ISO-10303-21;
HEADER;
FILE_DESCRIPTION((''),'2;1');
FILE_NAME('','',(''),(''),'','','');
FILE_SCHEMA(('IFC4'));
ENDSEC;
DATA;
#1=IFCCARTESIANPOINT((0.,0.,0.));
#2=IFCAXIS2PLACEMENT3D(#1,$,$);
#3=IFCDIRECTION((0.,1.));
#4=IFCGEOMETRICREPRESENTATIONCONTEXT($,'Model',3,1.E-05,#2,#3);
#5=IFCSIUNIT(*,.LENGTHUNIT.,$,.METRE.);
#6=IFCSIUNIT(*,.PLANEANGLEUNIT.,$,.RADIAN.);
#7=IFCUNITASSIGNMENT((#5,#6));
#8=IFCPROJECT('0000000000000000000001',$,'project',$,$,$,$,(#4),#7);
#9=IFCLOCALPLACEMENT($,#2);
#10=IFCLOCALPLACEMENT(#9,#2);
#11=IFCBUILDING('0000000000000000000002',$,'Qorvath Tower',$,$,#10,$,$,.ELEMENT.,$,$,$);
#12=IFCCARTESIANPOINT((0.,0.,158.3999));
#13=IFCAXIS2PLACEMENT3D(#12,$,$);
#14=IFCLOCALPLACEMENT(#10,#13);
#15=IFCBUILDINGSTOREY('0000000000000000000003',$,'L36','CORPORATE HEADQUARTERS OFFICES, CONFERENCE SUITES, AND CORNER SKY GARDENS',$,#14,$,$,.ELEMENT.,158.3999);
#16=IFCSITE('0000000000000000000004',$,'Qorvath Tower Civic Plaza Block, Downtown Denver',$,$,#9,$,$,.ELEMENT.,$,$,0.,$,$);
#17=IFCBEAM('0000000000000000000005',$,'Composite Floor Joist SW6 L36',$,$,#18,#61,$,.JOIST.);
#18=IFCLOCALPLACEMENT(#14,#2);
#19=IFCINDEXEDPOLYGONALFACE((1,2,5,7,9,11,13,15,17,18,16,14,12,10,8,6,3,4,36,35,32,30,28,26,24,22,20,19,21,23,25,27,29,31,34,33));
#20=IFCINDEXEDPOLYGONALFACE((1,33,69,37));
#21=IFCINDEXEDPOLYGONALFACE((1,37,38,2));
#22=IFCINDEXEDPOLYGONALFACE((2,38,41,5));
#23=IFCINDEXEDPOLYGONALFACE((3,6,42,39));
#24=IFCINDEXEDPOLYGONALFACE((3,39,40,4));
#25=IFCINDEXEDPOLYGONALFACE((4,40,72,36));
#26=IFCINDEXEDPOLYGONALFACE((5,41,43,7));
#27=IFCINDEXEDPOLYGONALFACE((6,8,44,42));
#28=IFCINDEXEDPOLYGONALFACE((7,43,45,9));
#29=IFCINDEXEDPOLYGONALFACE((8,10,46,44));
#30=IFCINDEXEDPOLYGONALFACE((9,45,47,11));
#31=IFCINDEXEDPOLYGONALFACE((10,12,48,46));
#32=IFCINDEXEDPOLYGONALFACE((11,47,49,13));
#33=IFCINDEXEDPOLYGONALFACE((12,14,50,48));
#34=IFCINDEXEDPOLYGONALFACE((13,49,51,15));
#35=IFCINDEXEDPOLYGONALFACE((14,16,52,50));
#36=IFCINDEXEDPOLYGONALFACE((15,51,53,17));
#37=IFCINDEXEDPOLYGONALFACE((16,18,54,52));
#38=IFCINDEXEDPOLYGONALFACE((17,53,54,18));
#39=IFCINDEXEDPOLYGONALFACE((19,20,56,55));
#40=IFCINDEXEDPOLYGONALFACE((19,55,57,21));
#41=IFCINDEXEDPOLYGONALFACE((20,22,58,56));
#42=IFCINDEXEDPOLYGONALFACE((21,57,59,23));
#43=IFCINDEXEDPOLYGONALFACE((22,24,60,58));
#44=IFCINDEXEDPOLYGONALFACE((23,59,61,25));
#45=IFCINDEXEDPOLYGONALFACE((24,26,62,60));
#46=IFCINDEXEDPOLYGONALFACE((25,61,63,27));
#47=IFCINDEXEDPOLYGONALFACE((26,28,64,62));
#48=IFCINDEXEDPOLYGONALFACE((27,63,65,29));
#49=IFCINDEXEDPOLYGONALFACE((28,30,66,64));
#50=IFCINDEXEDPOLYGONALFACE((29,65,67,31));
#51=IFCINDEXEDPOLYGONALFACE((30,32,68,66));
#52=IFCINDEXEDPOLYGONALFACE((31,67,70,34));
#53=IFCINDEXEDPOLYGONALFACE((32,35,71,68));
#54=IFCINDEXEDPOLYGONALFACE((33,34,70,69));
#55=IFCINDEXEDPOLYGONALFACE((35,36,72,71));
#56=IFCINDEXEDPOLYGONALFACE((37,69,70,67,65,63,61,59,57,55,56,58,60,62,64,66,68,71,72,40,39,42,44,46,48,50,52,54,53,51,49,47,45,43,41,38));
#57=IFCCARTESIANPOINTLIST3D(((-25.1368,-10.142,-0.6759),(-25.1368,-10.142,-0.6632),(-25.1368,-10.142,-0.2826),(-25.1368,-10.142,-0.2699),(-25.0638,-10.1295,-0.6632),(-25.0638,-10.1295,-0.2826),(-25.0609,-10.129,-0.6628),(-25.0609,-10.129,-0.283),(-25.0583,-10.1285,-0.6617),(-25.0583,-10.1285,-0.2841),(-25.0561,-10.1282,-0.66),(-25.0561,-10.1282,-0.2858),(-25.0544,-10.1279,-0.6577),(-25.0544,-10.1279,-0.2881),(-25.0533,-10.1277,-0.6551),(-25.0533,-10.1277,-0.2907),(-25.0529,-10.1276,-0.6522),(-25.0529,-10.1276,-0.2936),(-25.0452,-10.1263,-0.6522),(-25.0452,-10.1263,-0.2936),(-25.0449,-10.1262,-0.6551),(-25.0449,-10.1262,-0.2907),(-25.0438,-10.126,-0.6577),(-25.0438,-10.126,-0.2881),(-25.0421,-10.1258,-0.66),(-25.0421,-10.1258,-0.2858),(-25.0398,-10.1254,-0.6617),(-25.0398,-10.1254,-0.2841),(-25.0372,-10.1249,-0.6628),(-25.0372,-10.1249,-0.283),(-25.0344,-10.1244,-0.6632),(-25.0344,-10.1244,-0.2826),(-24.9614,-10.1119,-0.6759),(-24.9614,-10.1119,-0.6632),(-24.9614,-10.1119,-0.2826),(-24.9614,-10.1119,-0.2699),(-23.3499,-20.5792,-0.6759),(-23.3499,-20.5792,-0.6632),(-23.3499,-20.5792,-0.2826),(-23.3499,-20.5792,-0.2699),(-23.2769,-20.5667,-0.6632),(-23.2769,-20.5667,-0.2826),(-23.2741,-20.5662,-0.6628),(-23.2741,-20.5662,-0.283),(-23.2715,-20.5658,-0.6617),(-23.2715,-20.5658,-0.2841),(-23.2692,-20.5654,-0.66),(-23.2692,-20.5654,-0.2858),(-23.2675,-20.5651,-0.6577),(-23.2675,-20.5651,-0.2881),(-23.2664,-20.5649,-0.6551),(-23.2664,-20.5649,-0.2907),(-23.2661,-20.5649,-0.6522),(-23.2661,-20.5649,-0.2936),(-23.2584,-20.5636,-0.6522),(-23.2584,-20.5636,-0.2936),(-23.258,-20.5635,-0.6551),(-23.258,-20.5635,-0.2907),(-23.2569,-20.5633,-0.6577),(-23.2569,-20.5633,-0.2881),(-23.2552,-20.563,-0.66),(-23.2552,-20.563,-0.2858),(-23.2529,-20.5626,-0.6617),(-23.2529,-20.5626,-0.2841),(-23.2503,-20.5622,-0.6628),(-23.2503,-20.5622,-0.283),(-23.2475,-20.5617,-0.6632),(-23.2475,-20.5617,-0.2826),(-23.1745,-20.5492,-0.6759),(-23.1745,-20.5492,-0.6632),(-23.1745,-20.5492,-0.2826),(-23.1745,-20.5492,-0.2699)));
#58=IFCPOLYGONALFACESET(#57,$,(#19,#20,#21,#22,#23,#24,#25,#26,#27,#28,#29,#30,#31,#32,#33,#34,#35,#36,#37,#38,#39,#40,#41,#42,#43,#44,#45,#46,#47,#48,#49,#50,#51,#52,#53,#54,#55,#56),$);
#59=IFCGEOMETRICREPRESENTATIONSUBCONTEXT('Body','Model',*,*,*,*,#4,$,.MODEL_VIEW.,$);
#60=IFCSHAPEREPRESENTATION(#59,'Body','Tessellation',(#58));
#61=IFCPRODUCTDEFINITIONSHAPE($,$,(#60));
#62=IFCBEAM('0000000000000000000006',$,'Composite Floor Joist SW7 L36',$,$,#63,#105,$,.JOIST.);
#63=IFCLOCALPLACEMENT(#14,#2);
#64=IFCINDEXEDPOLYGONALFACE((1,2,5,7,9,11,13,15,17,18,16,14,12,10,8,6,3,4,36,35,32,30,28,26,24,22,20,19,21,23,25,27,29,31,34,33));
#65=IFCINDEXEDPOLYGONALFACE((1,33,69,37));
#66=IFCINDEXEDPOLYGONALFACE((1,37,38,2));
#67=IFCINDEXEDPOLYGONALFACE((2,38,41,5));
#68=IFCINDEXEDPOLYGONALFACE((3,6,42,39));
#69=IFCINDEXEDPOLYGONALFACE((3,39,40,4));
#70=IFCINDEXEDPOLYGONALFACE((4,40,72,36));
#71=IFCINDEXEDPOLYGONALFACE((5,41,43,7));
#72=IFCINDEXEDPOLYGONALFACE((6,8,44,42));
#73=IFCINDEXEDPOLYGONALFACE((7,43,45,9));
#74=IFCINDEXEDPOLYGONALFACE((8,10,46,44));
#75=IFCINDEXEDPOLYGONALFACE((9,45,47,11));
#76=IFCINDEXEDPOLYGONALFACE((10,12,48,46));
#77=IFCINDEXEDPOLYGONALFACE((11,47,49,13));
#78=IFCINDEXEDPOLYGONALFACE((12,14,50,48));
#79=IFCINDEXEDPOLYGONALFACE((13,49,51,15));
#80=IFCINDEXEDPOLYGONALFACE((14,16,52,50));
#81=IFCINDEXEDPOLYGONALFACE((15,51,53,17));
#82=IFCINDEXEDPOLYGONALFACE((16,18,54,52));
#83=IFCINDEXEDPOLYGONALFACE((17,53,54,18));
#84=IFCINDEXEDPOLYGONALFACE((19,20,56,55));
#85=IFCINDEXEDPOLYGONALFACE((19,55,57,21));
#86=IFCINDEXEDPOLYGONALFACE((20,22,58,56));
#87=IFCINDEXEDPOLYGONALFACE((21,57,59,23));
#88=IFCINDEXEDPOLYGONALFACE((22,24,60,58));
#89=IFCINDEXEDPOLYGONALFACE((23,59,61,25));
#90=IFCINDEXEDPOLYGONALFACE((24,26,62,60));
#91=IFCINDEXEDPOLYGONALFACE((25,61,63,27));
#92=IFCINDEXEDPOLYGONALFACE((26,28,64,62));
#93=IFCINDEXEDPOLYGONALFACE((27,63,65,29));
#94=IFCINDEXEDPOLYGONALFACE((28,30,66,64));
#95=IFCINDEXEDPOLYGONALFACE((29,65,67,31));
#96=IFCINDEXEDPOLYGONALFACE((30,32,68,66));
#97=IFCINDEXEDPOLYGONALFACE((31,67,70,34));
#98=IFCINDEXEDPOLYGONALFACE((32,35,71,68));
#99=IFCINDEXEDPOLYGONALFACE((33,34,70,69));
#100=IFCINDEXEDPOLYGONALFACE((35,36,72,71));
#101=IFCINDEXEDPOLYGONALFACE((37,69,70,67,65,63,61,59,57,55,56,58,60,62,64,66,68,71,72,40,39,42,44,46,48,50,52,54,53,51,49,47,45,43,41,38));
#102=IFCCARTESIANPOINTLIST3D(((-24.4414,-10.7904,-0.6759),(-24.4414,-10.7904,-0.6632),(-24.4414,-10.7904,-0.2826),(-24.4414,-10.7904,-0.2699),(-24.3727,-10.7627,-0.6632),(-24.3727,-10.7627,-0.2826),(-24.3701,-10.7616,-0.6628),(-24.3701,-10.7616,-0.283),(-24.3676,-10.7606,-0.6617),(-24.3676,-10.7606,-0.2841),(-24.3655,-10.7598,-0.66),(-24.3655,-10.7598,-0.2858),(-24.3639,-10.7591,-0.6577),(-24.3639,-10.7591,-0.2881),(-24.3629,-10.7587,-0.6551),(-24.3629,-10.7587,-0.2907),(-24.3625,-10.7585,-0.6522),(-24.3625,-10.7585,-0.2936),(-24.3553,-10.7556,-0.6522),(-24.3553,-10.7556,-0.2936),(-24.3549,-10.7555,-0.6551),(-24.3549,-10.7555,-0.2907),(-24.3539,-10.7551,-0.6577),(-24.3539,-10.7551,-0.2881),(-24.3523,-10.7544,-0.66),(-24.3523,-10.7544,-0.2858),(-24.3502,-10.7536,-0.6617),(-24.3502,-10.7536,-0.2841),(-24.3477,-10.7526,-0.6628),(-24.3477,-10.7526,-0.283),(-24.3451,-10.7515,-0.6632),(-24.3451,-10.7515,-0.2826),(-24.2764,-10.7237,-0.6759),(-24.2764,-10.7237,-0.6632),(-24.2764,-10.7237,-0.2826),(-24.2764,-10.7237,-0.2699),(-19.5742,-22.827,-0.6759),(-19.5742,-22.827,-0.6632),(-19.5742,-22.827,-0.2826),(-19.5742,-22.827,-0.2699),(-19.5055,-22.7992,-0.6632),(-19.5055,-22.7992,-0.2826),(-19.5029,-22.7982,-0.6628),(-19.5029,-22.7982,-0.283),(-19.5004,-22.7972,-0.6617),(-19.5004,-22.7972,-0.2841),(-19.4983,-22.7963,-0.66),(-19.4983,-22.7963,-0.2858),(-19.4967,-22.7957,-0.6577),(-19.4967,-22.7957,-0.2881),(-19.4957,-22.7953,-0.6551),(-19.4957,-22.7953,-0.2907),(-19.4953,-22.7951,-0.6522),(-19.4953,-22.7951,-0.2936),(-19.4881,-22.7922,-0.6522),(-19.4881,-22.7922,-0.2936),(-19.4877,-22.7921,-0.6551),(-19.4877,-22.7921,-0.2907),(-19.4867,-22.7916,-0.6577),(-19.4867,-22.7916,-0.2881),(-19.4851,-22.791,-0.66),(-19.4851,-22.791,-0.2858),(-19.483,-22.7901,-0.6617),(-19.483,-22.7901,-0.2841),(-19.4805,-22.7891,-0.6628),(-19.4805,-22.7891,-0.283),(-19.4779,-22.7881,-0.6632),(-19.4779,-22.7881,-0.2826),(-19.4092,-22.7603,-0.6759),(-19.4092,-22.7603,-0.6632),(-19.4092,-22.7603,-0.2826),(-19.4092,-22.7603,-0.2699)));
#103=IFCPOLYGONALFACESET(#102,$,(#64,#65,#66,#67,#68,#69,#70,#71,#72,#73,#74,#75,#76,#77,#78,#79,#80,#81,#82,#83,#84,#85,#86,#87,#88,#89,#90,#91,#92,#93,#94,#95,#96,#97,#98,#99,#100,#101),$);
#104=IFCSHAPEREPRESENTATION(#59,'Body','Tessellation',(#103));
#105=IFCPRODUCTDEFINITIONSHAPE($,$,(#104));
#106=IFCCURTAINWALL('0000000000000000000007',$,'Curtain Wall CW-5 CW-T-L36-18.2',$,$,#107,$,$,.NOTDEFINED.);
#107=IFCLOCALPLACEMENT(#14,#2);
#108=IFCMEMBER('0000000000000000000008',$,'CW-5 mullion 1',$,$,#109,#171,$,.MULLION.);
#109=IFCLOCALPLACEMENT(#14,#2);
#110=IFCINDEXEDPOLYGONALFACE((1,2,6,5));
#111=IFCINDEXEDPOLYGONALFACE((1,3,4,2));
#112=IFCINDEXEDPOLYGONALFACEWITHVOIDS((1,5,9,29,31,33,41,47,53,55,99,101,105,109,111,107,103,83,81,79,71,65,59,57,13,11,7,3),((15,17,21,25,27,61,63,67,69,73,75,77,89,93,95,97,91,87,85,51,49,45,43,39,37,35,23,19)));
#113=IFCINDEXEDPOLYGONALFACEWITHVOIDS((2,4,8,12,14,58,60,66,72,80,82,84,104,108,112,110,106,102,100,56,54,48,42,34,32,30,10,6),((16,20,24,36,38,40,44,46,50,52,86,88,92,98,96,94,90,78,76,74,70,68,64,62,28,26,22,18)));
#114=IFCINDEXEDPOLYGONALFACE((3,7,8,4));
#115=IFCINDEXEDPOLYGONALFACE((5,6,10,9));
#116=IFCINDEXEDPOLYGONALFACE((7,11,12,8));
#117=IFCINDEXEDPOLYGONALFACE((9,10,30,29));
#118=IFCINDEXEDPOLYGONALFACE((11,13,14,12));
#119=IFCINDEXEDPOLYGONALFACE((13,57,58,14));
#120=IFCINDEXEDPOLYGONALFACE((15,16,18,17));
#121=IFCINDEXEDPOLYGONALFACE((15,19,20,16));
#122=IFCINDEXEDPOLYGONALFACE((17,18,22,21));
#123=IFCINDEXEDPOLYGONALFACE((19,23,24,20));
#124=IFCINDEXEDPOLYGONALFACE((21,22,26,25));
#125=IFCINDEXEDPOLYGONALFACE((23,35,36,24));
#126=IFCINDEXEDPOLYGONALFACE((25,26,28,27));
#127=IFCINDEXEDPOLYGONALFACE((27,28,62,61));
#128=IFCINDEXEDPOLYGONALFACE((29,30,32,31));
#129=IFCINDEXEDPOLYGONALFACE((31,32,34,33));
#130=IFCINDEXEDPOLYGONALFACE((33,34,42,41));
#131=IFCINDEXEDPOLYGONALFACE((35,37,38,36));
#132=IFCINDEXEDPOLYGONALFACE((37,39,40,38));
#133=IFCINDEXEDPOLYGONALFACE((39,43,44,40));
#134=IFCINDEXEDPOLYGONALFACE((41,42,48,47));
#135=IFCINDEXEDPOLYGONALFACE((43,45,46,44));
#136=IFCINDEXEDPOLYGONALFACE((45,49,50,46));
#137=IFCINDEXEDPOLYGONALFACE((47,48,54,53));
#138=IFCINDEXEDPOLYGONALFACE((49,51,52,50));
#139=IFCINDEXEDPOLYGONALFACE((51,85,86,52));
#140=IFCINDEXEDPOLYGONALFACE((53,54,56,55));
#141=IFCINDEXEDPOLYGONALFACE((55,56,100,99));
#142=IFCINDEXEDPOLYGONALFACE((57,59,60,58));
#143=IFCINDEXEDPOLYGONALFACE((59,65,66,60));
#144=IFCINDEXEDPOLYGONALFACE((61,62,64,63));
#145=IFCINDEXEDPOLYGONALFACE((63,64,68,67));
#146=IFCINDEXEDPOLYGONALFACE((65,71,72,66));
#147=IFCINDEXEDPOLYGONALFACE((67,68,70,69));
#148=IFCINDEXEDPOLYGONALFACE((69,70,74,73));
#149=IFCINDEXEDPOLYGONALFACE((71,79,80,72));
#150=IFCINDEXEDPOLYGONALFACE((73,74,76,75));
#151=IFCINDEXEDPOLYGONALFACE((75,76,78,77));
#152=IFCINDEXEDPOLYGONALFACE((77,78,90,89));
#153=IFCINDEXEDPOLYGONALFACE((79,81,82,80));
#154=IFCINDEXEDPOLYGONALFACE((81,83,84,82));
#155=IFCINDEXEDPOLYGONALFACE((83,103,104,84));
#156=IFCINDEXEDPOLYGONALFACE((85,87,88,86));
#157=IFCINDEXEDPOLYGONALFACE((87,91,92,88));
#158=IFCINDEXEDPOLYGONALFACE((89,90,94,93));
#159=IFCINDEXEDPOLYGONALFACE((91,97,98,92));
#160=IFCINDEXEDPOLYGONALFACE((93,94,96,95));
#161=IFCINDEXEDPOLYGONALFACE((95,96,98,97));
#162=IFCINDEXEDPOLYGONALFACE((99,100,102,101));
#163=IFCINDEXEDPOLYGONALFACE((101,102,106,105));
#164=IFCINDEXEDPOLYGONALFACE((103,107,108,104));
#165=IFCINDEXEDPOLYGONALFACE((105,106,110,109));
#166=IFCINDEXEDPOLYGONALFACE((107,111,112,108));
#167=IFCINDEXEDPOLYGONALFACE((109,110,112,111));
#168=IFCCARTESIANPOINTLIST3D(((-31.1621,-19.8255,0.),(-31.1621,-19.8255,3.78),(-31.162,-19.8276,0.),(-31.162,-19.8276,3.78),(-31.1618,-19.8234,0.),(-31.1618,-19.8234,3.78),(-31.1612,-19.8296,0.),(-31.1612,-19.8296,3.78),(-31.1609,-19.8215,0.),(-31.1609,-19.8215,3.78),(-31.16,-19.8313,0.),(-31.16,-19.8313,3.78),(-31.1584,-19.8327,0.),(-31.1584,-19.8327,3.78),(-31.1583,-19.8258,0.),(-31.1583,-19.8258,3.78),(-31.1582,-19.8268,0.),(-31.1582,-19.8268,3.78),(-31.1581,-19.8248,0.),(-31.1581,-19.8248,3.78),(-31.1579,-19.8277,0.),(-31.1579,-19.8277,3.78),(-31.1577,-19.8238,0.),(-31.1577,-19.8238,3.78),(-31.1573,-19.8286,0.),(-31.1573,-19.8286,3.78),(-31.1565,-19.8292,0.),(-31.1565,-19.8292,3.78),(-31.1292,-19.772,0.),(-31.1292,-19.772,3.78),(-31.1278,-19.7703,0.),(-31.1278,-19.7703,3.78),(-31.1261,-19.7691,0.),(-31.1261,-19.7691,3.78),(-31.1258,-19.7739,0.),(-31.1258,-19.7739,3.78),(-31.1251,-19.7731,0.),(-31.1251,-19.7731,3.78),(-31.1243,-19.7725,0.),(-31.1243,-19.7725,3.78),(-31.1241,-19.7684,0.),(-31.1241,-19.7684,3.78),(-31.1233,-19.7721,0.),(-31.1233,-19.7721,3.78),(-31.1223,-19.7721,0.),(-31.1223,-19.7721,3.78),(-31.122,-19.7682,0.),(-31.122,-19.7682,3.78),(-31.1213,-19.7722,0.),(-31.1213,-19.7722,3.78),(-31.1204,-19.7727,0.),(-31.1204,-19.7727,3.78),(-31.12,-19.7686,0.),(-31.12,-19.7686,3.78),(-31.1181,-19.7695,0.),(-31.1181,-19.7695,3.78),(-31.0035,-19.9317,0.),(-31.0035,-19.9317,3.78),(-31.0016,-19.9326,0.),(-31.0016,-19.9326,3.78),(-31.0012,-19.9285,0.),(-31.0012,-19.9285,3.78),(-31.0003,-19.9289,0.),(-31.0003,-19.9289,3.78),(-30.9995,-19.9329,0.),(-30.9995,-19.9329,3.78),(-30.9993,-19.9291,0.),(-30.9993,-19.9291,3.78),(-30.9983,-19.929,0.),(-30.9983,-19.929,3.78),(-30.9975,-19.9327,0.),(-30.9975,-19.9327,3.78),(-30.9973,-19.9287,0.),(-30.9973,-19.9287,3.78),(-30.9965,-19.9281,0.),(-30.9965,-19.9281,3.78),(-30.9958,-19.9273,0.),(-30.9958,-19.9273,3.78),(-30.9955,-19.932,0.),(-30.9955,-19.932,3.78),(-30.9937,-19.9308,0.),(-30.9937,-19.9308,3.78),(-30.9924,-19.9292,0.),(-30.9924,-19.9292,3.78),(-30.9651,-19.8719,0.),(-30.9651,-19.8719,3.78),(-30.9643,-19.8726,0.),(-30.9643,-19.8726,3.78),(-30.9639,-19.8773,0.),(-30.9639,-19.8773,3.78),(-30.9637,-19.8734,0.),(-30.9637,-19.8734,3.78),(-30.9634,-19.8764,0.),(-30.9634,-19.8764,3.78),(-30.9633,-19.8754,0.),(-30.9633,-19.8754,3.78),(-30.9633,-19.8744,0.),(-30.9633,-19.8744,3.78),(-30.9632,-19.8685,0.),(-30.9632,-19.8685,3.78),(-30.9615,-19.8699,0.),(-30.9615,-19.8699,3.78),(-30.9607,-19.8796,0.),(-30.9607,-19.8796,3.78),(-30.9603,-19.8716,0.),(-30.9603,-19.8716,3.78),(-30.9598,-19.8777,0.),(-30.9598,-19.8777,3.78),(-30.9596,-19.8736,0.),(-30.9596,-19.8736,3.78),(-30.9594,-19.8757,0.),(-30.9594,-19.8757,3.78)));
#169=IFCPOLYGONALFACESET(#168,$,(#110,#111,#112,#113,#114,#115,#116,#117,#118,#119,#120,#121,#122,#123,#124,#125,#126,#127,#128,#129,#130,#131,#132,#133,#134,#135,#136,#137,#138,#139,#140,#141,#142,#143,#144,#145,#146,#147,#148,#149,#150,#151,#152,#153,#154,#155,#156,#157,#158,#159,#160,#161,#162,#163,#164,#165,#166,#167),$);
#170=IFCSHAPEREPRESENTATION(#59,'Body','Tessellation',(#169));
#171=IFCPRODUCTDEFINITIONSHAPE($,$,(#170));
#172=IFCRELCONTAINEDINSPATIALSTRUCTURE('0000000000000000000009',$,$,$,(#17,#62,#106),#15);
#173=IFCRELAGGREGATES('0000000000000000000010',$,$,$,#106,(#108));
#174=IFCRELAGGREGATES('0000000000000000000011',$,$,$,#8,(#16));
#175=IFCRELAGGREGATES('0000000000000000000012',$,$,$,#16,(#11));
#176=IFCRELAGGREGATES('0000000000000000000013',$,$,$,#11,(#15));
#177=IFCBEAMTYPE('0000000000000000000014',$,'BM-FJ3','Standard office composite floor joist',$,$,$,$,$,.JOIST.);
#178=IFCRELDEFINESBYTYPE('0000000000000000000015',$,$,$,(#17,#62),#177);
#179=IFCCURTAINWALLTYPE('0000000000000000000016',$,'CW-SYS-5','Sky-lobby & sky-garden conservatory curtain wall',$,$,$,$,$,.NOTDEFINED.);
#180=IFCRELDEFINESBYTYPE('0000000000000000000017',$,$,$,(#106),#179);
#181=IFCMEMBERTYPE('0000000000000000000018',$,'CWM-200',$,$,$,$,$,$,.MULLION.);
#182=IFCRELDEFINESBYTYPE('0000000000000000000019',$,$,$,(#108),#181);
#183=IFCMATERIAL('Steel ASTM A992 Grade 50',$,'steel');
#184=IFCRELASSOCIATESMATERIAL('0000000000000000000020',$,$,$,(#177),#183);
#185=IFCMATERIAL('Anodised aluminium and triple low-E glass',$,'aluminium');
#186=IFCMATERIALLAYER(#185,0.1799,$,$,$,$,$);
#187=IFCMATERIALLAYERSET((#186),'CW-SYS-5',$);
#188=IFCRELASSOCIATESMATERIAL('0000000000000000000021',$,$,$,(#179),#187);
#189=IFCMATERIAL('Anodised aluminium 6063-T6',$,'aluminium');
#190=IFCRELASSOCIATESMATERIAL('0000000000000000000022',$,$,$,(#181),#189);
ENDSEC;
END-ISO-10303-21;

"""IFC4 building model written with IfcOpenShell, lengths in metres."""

from ifc_helpers import new_model, si_unit, direction, frame, origin, origin_2d, place, context, subcontext, project, spatial, hollow_rectangle, i_section, extrude, material, layer, layer_set, material_profile, profile_set, type_object, element, aggregate, save


model = new_model("IFC4")

# Units and contexts
model_context = context("Model", 3, precision=1e-05, world=origin(), true_north=direction((0.0, 1.0)))
body_context = subcontext(model_context, "Body", "Model", "MODEL_VIEW")
ifc_project = project(units=[si_unit("LENGTHUNIT", "METRE"), si_unit("PLANEANGLEUNIT", "RADIAN")], contexts=[model_context])

# Site, building, storey
site_placement = place(None, origin())
site = spatial("IfcSite", under=ifc_project, at=site_placement, Name="Qorvath Tower Civic Plaza Block, Downtown Denver", CompositionType="ELEMENT", RefElevation=0.0)
building_placement = place(site_placement, origin())
building = spatial("IfcBuilding", under=site, at=building_placement, Name="Qorvath Tower", CompositionType="ELEMENT")
storey_placement = place(building_placement, frame((0.0, 0.0, 158.3999)))
storey = spatial("IfcBuildingStorey", under=building, at=storey_placement, Name="L36", Description="CORPORATE HEADQUARTERS OFFICES, CONFERENCE SUITES, AND CORNER SKY GARDENS", CompositionType="ELEMENT", Elevation=158.3999)

# Beams
ifc_material_1 = material(Name="Steel ASTM A992 Grade 50", Category="steel")
ifc_material_profile_1 = material_profile(ifc_material_1, i_section(OverallWidth=0.178, OverallDepth=0.406, WebThickness=0.0078, FlangeThickness=0.0127, FilletRadius=0.011, at=origin_2d()), Name="W16x40")
ifc_profile_set_1 = profile_set([ifc_material_profile_1], Name="Steel ASTM A992 Grade 50")
beam_type_1 = type_object("IfcBeamType", Name="BM-FJ3", Description="Standard office composite floor joist", PredefinedType="JOIST", material=ifc_profile_set_1)
beam_1_placement = place(storey_placement, frame((-25.0491, -10.127, -0.4729), z_axis=(0.168746, -0.98566, 0.0), x_axis=(0.98566, 0.168746, 0.0)))
element("IfcBeam", 1, at=beam_1_placement, inside=storey, type_object=beam_type_1, Name="Composite Floor Joist SW6 L36", PredefinedType="JOIST", context=body_context, shape_type="SweptSolid", body=[
    extrude(i_section(OverallWidth=0.178, OverallDepth=0.406, WebThickness=0.0078, FlangeThickness=0.0127, FilletRadius=0.011, at=origin_2d()), origin(), (0.0, 0.0, 1.0), 10.5891),
])
beam_2_placement = place(storey_placement, frame((-24.3589, -10.7571, -0.4729), z_axis=(0.374877, -0.927075, 0.0), x_axis=(0.927075, 0.374877, 0.0)))
element("IfcBeam", 2, at=beam_2_placement, inside=storey, type_object=beam_type_1, Name="Composite Floor Joist SW7 L36", PredefinedType="JOIST", context=body_context, shape_type="SweptSolid", body=[
    extrude(i_section(OverallWidth=0.178, OverallDepth=0.406, WebThickness=0.0078, FlangeThickness=0.0127, FilletRadius=0.011, at=origin_2d()), origin(), (0.0, 0.0, 1.0), 12.9834),
])

# Curtain wall, member
ifc_material_2 = material(Name="Anodised aluminium and triple low-E glass", Category="aluminium")
ifc_layer_1 = layer(ifc_material_2, 0.1799)
ifc_layer_set_1 = layer_set([ifc_layer_1], Name="CW-SYS-5")
curtain_wall_type = type_object("IfcCurtainWallType", Name="CW-SYS-5", Description="Sky-lobby & sky-garden conservatory curtain wall", PredefinedType="NOTDEFINED", material=ifc_layer_set_1)
curtain_wall_placement = place(storey_placement, origin())
curtain_wall = element("IfcCurtainWall", 3, at=curtain_wall_placement, inside=storey, type_object=curtain_wall_type, Name="Curtain Wall CW-5 CW-T-L36-18.2", PredefinedType="NOTDEFINED")
ifc_material_3 = material(Name="Anodised aluminium 6063-T6", Category="aluminium")
ifc_material_profile_2 = material_profile(ifc_material_3, hollow_rectangle(XDim=0.075, YDim=0.2, WallThickness=0.0039, InnerFilletRadius=0.0039, OuterFilletRadius=0.0081, at=origin_2d()), Name="CWM 200x75")
ifc_profile_set_2 = profile_set([ifc_material_profile_2], Name="Anodised aluminium 6063-T6")
member_type_1 = type_object("IfcMemberType", Name="CWM-200", PredefinedType="MULLION", material=ifc_profile_set_2)
member_1_placement = place(storey_placement, frame((-31.0608, -19.8506, 0.0), z_axis=(0.0, 0.0, 1.0), x_axis=(0.538542, 0.842599, 0.0)))
member_1 = element("IfcMember", 4, at=member_1_placement, type_object=member_type_1, Name="CW-5 mullion 1", PredefinedType="MULLION", context=body_context, shape_type="SweptSolid", body=[
    extrude(hollow_rectangle(XDim=0.075, YDim=0.2, WallThickness=0.0039, InnerFilletRadius=0.0039, OuterFilletRadius=0.0081, at=origin_2d()), origin(), (0.0, 0.0, 1.0), 3.78),
])
aggregate(curtain_wall, [member_1])

save(model, "model.ifc")
